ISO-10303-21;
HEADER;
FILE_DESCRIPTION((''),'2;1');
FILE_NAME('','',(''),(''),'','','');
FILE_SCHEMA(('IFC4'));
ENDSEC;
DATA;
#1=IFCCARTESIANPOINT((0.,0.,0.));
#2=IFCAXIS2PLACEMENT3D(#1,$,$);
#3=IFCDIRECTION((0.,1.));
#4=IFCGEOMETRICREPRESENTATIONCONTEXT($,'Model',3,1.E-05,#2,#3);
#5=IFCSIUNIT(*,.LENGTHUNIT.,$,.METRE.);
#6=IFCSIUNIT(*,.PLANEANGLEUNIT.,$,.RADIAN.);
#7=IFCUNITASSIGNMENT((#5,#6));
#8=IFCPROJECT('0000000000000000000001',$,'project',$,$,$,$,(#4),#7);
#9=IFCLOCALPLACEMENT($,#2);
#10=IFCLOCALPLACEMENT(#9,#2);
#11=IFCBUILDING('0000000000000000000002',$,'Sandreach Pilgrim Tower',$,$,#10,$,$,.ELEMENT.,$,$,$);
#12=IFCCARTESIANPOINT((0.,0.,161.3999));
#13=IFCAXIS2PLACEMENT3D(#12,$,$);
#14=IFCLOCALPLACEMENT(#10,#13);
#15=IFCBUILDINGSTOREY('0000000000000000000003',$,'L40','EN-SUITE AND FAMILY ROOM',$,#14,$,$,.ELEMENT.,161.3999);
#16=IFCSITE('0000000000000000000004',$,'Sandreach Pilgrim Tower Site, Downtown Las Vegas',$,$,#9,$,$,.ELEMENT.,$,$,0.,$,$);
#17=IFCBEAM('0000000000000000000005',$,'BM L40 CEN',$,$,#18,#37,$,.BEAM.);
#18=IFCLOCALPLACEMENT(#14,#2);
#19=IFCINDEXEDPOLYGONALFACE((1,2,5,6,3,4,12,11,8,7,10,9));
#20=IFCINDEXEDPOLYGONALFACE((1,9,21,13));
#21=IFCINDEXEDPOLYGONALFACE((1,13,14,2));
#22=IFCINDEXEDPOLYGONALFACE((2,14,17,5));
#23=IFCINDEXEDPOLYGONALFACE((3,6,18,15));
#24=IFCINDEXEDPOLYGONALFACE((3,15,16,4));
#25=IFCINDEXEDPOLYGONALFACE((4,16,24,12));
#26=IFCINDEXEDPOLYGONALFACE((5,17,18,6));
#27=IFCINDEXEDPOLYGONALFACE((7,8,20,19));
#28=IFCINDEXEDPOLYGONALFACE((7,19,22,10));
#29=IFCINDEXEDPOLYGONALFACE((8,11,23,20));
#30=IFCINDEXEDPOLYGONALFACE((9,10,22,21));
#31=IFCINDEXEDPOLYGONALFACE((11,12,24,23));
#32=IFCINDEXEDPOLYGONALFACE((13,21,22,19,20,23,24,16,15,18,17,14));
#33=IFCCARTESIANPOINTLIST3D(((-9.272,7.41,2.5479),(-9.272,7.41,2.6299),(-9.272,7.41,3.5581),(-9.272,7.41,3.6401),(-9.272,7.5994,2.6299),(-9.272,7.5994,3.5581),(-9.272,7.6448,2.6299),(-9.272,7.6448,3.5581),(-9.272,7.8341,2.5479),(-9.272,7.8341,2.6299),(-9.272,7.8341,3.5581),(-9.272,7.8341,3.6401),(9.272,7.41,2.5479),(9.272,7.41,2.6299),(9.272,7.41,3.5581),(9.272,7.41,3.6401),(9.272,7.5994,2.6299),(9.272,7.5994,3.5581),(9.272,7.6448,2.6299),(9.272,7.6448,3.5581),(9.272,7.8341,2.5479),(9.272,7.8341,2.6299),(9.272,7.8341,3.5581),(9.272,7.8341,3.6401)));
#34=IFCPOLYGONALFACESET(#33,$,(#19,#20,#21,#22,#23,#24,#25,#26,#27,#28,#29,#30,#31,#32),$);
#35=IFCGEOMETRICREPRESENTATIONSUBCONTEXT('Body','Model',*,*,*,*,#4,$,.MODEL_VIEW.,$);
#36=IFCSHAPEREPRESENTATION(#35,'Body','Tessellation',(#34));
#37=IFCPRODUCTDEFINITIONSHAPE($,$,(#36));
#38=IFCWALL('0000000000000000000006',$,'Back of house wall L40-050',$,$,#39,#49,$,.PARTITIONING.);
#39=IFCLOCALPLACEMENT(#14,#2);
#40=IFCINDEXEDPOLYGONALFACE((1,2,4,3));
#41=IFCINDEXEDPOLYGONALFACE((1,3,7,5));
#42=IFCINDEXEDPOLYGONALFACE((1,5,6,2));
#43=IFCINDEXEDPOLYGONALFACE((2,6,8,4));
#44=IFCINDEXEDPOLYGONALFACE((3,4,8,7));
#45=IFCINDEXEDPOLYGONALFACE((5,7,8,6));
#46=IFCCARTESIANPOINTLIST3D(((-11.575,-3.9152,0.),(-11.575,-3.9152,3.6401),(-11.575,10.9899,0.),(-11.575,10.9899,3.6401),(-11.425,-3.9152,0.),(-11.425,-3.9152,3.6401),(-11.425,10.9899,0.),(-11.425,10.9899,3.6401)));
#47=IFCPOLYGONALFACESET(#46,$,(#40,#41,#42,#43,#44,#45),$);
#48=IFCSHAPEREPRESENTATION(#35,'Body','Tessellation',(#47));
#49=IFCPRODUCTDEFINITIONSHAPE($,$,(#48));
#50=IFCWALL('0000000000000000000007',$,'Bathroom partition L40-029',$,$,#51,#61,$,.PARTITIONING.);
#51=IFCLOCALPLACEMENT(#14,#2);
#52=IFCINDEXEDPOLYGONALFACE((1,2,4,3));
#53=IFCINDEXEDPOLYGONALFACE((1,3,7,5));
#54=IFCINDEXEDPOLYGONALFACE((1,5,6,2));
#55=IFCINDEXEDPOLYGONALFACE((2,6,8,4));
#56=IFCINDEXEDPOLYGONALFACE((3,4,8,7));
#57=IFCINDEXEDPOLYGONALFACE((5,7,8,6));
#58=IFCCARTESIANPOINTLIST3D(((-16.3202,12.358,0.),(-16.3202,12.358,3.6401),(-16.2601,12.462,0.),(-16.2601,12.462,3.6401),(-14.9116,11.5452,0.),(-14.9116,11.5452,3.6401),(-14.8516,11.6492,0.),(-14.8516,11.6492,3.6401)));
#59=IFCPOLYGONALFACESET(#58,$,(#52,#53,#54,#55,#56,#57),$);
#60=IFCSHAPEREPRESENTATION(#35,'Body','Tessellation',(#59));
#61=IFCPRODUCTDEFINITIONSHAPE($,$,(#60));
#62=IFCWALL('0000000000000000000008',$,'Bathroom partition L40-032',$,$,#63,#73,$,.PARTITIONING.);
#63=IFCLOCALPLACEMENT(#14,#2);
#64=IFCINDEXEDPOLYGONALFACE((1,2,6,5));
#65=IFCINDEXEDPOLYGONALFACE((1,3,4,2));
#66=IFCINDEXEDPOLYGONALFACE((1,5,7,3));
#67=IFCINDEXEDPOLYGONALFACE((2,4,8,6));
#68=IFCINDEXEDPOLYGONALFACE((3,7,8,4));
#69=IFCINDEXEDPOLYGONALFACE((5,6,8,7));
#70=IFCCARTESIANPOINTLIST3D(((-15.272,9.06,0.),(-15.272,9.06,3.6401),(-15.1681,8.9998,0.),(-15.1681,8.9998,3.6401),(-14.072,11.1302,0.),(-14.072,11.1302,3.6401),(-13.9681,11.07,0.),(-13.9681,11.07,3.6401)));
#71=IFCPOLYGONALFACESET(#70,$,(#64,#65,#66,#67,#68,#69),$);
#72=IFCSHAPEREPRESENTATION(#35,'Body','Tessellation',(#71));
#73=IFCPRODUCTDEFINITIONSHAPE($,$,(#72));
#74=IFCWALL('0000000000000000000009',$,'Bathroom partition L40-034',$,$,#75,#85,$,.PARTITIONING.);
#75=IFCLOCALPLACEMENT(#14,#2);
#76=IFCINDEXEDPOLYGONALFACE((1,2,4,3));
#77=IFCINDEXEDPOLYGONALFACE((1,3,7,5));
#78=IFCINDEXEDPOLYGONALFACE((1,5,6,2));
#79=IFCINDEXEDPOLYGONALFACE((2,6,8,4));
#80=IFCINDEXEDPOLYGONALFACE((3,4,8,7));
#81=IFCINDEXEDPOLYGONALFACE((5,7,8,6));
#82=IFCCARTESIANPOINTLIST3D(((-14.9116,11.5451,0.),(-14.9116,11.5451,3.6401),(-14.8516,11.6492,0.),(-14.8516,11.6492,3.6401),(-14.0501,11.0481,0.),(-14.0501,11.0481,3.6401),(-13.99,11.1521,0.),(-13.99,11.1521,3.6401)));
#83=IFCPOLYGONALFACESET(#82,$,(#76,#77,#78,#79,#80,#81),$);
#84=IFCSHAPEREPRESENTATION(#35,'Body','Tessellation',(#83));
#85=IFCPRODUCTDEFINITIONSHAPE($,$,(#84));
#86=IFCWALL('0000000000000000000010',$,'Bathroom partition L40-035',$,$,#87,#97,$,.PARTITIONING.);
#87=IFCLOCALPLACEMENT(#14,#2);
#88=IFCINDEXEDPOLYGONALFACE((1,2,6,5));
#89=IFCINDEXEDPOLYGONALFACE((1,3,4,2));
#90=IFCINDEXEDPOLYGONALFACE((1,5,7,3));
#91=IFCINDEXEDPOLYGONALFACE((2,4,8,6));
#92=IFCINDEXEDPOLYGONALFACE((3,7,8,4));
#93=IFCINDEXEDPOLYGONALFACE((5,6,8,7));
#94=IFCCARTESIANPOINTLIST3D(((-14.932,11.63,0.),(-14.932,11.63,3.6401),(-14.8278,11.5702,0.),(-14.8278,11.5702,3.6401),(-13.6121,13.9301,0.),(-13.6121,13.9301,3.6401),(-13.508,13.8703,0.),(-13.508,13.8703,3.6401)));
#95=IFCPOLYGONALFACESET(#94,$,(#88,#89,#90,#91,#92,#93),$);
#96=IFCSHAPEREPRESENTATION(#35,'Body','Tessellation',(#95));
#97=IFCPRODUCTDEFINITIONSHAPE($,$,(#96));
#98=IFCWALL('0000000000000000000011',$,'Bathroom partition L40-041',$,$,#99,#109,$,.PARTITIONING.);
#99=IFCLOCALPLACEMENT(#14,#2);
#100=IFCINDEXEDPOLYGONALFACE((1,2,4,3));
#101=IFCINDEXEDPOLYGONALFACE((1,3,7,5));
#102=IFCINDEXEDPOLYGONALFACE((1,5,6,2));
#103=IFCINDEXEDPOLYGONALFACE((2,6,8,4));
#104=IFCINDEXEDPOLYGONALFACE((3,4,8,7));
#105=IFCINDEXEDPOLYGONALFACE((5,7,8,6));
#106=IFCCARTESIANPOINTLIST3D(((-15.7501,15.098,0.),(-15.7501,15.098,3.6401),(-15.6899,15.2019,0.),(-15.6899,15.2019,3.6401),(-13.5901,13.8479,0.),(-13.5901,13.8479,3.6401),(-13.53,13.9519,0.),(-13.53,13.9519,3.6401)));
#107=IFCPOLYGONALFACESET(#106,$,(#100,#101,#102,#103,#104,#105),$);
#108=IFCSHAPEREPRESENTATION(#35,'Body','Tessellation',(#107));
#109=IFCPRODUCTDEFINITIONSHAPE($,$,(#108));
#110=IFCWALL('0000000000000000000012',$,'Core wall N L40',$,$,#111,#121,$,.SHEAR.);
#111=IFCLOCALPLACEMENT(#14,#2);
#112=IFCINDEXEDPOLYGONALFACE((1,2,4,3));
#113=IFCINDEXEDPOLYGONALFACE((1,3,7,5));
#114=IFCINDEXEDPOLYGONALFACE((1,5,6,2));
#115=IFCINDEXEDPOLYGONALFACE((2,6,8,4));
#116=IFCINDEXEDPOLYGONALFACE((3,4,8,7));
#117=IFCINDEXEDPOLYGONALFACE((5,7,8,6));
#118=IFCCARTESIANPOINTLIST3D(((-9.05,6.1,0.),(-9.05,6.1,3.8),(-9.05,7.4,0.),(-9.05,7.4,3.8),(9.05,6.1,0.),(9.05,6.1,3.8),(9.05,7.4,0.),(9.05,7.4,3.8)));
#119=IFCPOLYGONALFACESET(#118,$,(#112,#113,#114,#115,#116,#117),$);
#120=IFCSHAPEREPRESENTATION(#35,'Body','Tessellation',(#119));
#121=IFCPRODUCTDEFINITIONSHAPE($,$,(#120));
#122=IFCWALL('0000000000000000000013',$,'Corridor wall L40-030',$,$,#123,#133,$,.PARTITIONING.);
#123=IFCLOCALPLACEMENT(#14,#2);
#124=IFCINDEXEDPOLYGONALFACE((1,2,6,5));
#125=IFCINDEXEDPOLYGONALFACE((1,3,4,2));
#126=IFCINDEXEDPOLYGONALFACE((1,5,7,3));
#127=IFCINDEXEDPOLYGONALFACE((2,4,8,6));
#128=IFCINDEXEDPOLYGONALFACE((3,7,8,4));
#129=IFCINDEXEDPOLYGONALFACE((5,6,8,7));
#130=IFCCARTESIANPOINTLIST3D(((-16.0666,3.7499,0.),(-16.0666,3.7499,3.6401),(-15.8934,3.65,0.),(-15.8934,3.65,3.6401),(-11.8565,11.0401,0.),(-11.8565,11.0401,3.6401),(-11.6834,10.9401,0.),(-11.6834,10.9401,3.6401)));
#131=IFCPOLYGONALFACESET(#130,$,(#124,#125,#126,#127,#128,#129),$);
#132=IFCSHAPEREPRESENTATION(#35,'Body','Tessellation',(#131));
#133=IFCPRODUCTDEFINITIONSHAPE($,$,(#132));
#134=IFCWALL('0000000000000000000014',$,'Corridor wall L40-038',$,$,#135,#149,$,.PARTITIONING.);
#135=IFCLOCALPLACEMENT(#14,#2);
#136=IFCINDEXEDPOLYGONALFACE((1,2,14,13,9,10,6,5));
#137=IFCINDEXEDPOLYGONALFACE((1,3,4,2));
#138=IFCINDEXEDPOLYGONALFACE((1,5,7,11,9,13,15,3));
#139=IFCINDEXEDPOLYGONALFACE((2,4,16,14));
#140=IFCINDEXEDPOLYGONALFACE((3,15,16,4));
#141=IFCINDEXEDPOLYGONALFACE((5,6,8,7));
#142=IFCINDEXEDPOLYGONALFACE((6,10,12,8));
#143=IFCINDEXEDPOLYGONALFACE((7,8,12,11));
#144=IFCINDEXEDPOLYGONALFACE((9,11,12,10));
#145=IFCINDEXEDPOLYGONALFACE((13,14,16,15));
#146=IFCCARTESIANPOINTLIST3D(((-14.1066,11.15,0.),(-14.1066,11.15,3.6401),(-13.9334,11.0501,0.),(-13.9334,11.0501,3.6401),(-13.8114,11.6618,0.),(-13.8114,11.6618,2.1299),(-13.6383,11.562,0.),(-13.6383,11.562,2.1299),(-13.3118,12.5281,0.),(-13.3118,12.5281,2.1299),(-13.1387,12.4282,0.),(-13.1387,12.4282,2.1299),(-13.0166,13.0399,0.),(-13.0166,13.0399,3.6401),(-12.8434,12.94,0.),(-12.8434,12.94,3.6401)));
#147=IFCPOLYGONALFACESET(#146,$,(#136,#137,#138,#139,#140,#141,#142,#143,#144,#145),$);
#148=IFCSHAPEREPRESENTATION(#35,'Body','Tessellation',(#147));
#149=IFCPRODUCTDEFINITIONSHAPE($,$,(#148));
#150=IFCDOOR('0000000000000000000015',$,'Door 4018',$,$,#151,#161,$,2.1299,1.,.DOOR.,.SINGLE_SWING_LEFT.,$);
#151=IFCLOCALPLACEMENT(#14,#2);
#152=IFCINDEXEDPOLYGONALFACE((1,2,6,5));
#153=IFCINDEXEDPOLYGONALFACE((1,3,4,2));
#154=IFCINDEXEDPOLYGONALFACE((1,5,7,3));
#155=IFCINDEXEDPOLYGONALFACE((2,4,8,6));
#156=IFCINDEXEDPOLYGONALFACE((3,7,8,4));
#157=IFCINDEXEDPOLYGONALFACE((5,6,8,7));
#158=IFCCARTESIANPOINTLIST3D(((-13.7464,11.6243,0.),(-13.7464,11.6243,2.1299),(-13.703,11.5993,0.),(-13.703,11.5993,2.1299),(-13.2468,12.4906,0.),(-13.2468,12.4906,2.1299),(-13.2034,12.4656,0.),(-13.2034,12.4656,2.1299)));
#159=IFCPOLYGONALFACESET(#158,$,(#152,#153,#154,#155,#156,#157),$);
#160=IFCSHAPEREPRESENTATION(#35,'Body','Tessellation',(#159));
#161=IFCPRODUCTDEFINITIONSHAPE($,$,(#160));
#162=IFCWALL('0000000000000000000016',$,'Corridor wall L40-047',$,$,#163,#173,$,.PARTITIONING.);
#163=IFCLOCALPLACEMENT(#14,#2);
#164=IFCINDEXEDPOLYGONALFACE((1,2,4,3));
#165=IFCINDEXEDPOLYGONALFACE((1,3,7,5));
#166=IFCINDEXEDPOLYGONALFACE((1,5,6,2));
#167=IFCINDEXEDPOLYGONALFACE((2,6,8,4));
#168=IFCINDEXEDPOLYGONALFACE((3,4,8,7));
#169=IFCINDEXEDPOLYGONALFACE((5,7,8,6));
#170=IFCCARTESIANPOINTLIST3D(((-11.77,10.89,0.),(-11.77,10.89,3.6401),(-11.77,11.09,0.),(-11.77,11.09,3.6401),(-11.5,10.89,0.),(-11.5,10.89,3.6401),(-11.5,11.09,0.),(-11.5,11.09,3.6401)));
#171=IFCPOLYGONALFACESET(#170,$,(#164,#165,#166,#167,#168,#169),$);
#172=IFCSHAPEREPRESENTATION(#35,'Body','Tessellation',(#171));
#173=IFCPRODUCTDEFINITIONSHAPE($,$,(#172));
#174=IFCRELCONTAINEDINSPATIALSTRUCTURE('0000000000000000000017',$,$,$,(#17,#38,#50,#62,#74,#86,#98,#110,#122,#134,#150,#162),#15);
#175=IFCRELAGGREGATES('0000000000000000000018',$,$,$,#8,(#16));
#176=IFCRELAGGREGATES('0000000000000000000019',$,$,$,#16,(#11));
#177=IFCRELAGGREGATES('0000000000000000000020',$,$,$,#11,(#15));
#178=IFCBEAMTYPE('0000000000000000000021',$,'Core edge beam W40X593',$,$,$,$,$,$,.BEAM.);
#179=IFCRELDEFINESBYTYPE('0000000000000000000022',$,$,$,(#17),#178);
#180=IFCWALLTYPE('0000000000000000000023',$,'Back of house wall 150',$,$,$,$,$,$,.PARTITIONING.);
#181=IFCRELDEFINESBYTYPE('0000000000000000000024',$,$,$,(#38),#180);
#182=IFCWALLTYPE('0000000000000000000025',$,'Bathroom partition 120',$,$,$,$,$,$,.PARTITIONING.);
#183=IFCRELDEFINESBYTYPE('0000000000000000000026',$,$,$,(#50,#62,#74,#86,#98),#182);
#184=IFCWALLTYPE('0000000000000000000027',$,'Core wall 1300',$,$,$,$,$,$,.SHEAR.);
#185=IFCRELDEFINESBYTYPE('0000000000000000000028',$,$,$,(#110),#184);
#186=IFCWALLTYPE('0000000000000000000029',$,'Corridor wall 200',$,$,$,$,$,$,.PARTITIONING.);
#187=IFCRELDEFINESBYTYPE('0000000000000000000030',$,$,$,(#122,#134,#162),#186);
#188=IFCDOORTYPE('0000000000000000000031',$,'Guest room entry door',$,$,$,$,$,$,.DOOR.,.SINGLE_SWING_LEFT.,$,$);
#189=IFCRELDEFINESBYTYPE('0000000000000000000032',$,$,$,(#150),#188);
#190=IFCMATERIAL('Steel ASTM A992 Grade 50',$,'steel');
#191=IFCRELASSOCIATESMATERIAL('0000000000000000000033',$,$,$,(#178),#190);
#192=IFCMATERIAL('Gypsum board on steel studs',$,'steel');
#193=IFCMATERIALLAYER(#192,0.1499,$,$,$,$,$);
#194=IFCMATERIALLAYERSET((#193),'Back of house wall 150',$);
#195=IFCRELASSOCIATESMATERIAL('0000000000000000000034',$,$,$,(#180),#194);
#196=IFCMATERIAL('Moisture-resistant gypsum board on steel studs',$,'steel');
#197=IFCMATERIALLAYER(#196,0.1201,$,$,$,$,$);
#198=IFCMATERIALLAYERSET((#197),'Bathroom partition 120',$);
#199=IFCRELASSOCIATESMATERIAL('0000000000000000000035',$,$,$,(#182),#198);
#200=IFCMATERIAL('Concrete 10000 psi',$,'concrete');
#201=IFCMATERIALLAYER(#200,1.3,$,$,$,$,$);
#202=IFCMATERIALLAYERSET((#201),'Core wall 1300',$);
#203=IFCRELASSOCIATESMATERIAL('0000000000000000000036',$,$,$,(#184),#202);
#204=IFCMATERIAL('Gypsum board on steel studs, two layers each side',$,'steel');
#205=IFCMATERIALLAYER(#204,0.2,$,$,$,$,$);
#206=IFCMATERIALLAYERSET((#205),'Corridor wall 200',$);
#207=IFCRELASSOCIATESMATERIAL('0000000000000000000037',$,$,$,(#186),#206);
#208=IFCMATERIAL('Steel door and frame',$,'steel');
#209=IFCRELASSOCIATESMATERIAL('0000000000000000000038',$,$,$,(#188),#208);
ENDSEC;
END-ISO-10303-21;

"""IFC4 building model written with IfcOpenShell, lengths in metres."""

from ifc_helpers import new_model, si_unit, direction, frame, frame_2d, origin, origin_2d, place, context, subcontext, project, spatial, rectangle, i_section, extrude, material, layer, layer_set, material_profile, profile_set, type_object, element, fill, save


model = new_model("IFC4")

# Units and contexts
model_context = context("Model", 3, precision=1e-05, world=origin(), true_north=direction((0.0, 1.0)))
body_context = subcontext(model_context, "Body", "Model", "MODEL_VIEW")
ifc_project = project(units=[si_unit("LENGTHUNIT", "METRE"), si_unit("PLANEANGLEUNIT", "RADIAN")], contexts=[model_context])

# Site, building, storey
site_placement = place(None, origin())
site = spatial("IfcSite", under=ifc_project, at=site_placement, Name="Sandreach Pilgrim Tower Site, Downtown Las Vegas", CompositionType="ELEMENT", RefElevation=0.0)
building_placement = place(site_placement, origin())
building = spatial("IfcBuilding", under=site, at=building_placement, Name="Sandreach Pilgrim Tower", CompositionType="ELEMENT")
storey_placement = place(building_placement, frame((0.0, 0.0, 161.3999)))
storey = spatial("IfcBuildingStorey", under=building, at=storey_placement, Name="L40", Description="EN-SUITE AND FAMILY ROOM", CompositionType="ELEMENT", Elevation=161.3999)

# Beam
ifc_material_1 = material(Name="Steel ASTM A992 Grade 50", Category="steel")
ifc_material_profile = material_profile(ifc_material_1, i_section(OverallWidth=0.4241, OverallDepth=1.0923, WebThickness=0.0454, FlangeThickness=0.082, at=origin_2d()), Name="W40X593")
ifc_profile_set = profile_set([ifc_material_profile], Name="Steel ASTM A992 Grade 50")
beam_type = type_object("IfcBeamType", Name="Core edge beam W40X593", PredefinedType="BEAM", material=ifc_profile_set)
beam_placement = place(storey_placement, frame((-9.272, 7.6221, 3.094), z_axis=(1.0, 0.0, 0.0), x_axis=(0.0, 1.0, 0.0)))
element("IfcBeam", 1, at=beam_placement, inside=storey, type_object=beam_type, Name="BM L40 CEN", PredefinedType="BEAM", context=body_context, shape_type="SweptSolid", body=[
    extrude(i_section(OverallWidth=0.4241, OverallDepth=1.0923, WebThickness=0.0454, FlangeThickness=0.082, at=origin_2d()), origin(), (0.0, 0.0, 1.0), 18.5439),
])

# Walls
ifc_material_2 = material(Name="Gypsum board on steel studs", Category="steel")
ifc_layer_1 = layer(ifc_material_2, 0.1499)
ifc_layer_set_1 = layer_set([ifc_layer_1], Name="Back of house wall 150")
wall_type_1 = type_object("IfcWallType", Name="Back of house wall 150", PredefinedType="PARTITIONING", material=ifc_layer_set_1)
wall_1_placement = place(storey_placement, frame((-11.5, 10.99, 0.0), z_axis=(0.0, 0.0, 1.0), x_axis=(0.0, -1.0, 0.0)))
element("IfcWall", 2, at=wall_1_placement, inside=storey, type_object=wall_type_1, Name="Back of house wall L40-050", PredefinedType="PARTITIONING", context=body_context, shape_type="SweptSolid", body=[
    extrude(rectangle(XDim=14.905, YDim=0.1499, at=frame_2d((7.4526, 0.0))), origin(), (0.0, 0.0, 1.0), 3.6401),
])
ifc_material_3 = material(Name="Moisture-resistant gypsum board on steel studs", Category="steel")
ifc_layer_2 = layer(ifc_material_3, 0.1201)
ifc_layer_set_2 = layer_set([ifc_layer_2], Name="Bathroom partition 120")
wall_type_2 = type_object("IfcWallType", Name="Bathroom partition 120", PredefinedType="PARTITIONING", material=ifc_layer_set_2)
wall_2_placement = place(storey_placement, frame((-16.29, 12.4099, 0.0), z_axis=(0.0, 0.0, 1.0), x_axis=(0.866138, -0.499805, 0.0)))
element("IfcWall", 3, at=wall_2_placement, inside=storey, type_object=wall_type_2, Name="Bathroom partition L40-029", PredefinedType="PARTITIONING", context=body_context, shape_type="SweptSolid", body=[
    extrude(rectangle(XDim=1.6262, YDim=0.1201, at=frame_2d((0.813, 0.0))), origin(), (0.0, 0.0, 1.0), 3.6401),
])
wall_3_placement = place(storey_placement, frame((-15.22, 9.03, 0.0), z_axis=(0.0, 0.0, 1.0), x_axis=(0.501503, 0.865156, 0.0)))
element("IfcWall", 4, at=wall_3_placement, inside=storey, type_object=wall_type_2, Name="Bathroom partition L40-032", PredefinedType="PARTITIONING", context=body_context, shape_type="SweptSolid", body=[
    extrude(rectangle(XDim=2.3928, YDim=0.1201, at=frame_2d((1.1963, 0.0))), origin(), (0.0, 0.0, 1.0), 3.6401),
])
wall_4_placement = place(storey_placement, frame((-14.8816, 11.5972, 0.0), z_axis=(0.0, 0.0, 1.0), x_axis=(0.866181, -0.49973, 0.0)))
element("IfcWall", 5, at=wall_4_placement, inside=storey, type_object=wall_type_2, Name="Bathroom partition L40-034", PredefinedType="PARTITIONING", context=body_context, shape_type="SweptSolid", body=[
    extrude(rectangle(XDim=0.9946, YDim=0.1201, at=frame_2d((0.4973, 0.0))), origin(), (0.0, 0.0, 1.0), 3.6401),
])
wall_5_placement = place(storey_placement, frame((-14.8799, 11.6001, 0.0), z_axis=(0.0, 0.0, 1.0), x_axis=(0.497705, 0.867347, 0.0)))
element("IfcWall", 6, at=wall_5_placement, inside=storey, type_object=wall_type_2, Name="Bathroom partition L40-035", PredefinedType="PARTITIONING", context=body_context, shape_type="SweptSolid", body=[
    extrude(rectangle(XDim=2.6519, YDim=0.1201, at=frame_2d((1.3259, 0.0))), origin(), (0.0, 0.0, 1.0), 3.6401),
])
wall_6_placement = place(storey_placement, frame((-13.5601, 13.8999, 0.0), z_axis=(0.0, 0.0, 1.0), x_axis=(-0.865509, 0.500894, 0.0)))
element("IfcWall", 7, at=wall_6_placement, inside=storey, type_object=wall_type_2, Name="Bathroom partition L40-041", PredefinedType="PARTITIONING", context=body_context, shape_type="SweptSolid", body=[
    extrude(rectangle(XDim=2.4956, YDim=0.1201, at=frame_2d((1.2478, 0.0))), origin(), (0.0, 0.0, 1.0), 3.6401),
])
ifc_material_4 = material(Name="Concrete 10000 psi", Category="concrete")
ifc_layer_3 = layer(ifc_material_4, 1.3)
ifc_layer_set_3 = layer_set([ifc_layer_3], Name="Core wall 1300")
wall_type_3 = type_object("IfcWallType", Name="Core wall 1300", PredefinedType="SHEAR", material=ifc_layer_set_3)
wall_7_placement = place(storey_placement, frame((-9.05, 6.75, 0.0), z_axis=(0.0, 0.0, 1.0), x_axis=(1.0, 0.0, 0.0)))
element("IfcWall", 8, at=wall_7_placement, inside=storey, type_object=wall_type_3, Name="Core wall N L40", PredefinedType="SHEAR", context=body_context, shape_type="SweptSolid", body=[
    extrude(rectangle(XDim=18.1001, YDim=1.3, at=frame_2d((9.05, 0.0))), origin(), (0.0, 0.0, 1.0), 3.8),
])
ifc_material_5 = material(Name="Gypsum board on steel studs, two layers each side", Category="steel")
ifc_layer_4 = layer(ifc_material_5, 0.2)
ifc_layer_set_4 = layer_set([ifc_layer_4], Name="Corridor wall 200")
wall_type_4 = type_object("IfcWallType", Name="Corridor wall 200", PredefinedType="PARTITIONING", material=ifc_layer_set_4)
wall_8_placement = place(storey_placement, frame((-15.98, 3.7, 0.0), z_axis=(0.0, 0.0, 1.0), x_axis=(0.500094, 0.865971, 0.0)))
element("IfcWall", 9, at=wall_8_placement, inside=storey, type_object=wall_type_4, Name="Corridor wall L40-030", PredefinedType="PARTITIONING", context=body_context, shape_type="SweptSolid", body=[
    extrude(rectangle(XDim=8.4185, YDim=0.2, at=frame_2d((4.2092, 0.0))), origin(), (0.0, 0.0, 1.0), 3.6401),
])

# Wall, opening, door
wall_9_placement = place(storey_placement, frame((-14.02, 11.1001, 0.0), z_axis=(0.0, 0.0, 1.0), x_axis=(0.499642, 0.866232, 0.0)))
wall_9 = element("IfcWall", 10, at=wall_9_placement, inside=storey, type_object=wall_type_4, Name="Corridor wall L40-038", PredefinedType="PARTITIONING", context=body_context, shape_type="SweptSolid", body=[
    extrude(rectangle(XDim=2.1816, YDim=0.2, at=frame_2d((1.0908, 0.0))), origin(), (0.0, 0.0, 1.0), 3.6401),
])
opening_1_placement = place(wall_9_placement, frame((0.5908, 0.0, 0.0)))
opening_1 = element("IfcOpeningElement", 11, at=opening_1_placement, cuts=wall_9, PredefinedType="OPENING", context=body_context, shape_type="SweptSolid", body=[
    extrude(rectangle(XDim=1.0, YDim=2.1299, at=frame_2d((0.5, 1.0649))), frame((0.0, 0.1001, 0.0), z_axis=(0.0, -1.0, 0.0), x_axis=(1.0, 0.0, 0.0)), (0.0, 0.0, 1.0), 0.2),
])
ifc_material_6 = material(Name="Steel door and frame", Category="steel")
door_type_1 = type_object("IfcDoorType", Name="Guest room entry door", OperationType="SINGLE_SWING_LEFT", PredefinedType="DOOR", material=ifc_material_6)
door_1_placement = place(opening_1_placement, origin())
door_1 = element("IfcDoor", 12, at=door_1_placement, inside=storey, type_object=door_type_1, Name="Door 4018", OperationType="SINGLE_SWING_LEFT", OverallHeight=2.1299, OverallWidth=1.0, PredefinedType="DOOR", context=body_context, shape_type="SweptSolid", body=[
    extrude(rectangle(XDim=1.0, YDim=2.1299, at=frame_2d((0.5, 1.0649))), frame((0.0, 0.0249, 0.0), z_axis=(0.0, -1.0, 0.0), x_axis=(1.0, 0.0, 0.0)), (0.0, 0.0, 1.0), 0.05),
])
fill(opening_1, door_1)

# Wall
wall_10_placement = place(storey_placement, frame((-11.77, 10.99, 0.0), z_axis=(0.0, 0.0, 1.0), x_axis=(1.0, 0.0, 0.0)))
element("IfcWall", 13, at=wall_10_placement, inside=storey, type_object=wall_type_4, Name="Corridor wall L40-047", PredefinedType="PARTITIONING", context=body_context, shape_type="SweptSolid", body=[
    extrude(rectangle(XDim=0.27, YDim=0.2, at=frame_2d((0.135, 0.0))), origin(), (0.0, 0.0, 1.0), 3.6401),
])

save(model, "model.ifc")
